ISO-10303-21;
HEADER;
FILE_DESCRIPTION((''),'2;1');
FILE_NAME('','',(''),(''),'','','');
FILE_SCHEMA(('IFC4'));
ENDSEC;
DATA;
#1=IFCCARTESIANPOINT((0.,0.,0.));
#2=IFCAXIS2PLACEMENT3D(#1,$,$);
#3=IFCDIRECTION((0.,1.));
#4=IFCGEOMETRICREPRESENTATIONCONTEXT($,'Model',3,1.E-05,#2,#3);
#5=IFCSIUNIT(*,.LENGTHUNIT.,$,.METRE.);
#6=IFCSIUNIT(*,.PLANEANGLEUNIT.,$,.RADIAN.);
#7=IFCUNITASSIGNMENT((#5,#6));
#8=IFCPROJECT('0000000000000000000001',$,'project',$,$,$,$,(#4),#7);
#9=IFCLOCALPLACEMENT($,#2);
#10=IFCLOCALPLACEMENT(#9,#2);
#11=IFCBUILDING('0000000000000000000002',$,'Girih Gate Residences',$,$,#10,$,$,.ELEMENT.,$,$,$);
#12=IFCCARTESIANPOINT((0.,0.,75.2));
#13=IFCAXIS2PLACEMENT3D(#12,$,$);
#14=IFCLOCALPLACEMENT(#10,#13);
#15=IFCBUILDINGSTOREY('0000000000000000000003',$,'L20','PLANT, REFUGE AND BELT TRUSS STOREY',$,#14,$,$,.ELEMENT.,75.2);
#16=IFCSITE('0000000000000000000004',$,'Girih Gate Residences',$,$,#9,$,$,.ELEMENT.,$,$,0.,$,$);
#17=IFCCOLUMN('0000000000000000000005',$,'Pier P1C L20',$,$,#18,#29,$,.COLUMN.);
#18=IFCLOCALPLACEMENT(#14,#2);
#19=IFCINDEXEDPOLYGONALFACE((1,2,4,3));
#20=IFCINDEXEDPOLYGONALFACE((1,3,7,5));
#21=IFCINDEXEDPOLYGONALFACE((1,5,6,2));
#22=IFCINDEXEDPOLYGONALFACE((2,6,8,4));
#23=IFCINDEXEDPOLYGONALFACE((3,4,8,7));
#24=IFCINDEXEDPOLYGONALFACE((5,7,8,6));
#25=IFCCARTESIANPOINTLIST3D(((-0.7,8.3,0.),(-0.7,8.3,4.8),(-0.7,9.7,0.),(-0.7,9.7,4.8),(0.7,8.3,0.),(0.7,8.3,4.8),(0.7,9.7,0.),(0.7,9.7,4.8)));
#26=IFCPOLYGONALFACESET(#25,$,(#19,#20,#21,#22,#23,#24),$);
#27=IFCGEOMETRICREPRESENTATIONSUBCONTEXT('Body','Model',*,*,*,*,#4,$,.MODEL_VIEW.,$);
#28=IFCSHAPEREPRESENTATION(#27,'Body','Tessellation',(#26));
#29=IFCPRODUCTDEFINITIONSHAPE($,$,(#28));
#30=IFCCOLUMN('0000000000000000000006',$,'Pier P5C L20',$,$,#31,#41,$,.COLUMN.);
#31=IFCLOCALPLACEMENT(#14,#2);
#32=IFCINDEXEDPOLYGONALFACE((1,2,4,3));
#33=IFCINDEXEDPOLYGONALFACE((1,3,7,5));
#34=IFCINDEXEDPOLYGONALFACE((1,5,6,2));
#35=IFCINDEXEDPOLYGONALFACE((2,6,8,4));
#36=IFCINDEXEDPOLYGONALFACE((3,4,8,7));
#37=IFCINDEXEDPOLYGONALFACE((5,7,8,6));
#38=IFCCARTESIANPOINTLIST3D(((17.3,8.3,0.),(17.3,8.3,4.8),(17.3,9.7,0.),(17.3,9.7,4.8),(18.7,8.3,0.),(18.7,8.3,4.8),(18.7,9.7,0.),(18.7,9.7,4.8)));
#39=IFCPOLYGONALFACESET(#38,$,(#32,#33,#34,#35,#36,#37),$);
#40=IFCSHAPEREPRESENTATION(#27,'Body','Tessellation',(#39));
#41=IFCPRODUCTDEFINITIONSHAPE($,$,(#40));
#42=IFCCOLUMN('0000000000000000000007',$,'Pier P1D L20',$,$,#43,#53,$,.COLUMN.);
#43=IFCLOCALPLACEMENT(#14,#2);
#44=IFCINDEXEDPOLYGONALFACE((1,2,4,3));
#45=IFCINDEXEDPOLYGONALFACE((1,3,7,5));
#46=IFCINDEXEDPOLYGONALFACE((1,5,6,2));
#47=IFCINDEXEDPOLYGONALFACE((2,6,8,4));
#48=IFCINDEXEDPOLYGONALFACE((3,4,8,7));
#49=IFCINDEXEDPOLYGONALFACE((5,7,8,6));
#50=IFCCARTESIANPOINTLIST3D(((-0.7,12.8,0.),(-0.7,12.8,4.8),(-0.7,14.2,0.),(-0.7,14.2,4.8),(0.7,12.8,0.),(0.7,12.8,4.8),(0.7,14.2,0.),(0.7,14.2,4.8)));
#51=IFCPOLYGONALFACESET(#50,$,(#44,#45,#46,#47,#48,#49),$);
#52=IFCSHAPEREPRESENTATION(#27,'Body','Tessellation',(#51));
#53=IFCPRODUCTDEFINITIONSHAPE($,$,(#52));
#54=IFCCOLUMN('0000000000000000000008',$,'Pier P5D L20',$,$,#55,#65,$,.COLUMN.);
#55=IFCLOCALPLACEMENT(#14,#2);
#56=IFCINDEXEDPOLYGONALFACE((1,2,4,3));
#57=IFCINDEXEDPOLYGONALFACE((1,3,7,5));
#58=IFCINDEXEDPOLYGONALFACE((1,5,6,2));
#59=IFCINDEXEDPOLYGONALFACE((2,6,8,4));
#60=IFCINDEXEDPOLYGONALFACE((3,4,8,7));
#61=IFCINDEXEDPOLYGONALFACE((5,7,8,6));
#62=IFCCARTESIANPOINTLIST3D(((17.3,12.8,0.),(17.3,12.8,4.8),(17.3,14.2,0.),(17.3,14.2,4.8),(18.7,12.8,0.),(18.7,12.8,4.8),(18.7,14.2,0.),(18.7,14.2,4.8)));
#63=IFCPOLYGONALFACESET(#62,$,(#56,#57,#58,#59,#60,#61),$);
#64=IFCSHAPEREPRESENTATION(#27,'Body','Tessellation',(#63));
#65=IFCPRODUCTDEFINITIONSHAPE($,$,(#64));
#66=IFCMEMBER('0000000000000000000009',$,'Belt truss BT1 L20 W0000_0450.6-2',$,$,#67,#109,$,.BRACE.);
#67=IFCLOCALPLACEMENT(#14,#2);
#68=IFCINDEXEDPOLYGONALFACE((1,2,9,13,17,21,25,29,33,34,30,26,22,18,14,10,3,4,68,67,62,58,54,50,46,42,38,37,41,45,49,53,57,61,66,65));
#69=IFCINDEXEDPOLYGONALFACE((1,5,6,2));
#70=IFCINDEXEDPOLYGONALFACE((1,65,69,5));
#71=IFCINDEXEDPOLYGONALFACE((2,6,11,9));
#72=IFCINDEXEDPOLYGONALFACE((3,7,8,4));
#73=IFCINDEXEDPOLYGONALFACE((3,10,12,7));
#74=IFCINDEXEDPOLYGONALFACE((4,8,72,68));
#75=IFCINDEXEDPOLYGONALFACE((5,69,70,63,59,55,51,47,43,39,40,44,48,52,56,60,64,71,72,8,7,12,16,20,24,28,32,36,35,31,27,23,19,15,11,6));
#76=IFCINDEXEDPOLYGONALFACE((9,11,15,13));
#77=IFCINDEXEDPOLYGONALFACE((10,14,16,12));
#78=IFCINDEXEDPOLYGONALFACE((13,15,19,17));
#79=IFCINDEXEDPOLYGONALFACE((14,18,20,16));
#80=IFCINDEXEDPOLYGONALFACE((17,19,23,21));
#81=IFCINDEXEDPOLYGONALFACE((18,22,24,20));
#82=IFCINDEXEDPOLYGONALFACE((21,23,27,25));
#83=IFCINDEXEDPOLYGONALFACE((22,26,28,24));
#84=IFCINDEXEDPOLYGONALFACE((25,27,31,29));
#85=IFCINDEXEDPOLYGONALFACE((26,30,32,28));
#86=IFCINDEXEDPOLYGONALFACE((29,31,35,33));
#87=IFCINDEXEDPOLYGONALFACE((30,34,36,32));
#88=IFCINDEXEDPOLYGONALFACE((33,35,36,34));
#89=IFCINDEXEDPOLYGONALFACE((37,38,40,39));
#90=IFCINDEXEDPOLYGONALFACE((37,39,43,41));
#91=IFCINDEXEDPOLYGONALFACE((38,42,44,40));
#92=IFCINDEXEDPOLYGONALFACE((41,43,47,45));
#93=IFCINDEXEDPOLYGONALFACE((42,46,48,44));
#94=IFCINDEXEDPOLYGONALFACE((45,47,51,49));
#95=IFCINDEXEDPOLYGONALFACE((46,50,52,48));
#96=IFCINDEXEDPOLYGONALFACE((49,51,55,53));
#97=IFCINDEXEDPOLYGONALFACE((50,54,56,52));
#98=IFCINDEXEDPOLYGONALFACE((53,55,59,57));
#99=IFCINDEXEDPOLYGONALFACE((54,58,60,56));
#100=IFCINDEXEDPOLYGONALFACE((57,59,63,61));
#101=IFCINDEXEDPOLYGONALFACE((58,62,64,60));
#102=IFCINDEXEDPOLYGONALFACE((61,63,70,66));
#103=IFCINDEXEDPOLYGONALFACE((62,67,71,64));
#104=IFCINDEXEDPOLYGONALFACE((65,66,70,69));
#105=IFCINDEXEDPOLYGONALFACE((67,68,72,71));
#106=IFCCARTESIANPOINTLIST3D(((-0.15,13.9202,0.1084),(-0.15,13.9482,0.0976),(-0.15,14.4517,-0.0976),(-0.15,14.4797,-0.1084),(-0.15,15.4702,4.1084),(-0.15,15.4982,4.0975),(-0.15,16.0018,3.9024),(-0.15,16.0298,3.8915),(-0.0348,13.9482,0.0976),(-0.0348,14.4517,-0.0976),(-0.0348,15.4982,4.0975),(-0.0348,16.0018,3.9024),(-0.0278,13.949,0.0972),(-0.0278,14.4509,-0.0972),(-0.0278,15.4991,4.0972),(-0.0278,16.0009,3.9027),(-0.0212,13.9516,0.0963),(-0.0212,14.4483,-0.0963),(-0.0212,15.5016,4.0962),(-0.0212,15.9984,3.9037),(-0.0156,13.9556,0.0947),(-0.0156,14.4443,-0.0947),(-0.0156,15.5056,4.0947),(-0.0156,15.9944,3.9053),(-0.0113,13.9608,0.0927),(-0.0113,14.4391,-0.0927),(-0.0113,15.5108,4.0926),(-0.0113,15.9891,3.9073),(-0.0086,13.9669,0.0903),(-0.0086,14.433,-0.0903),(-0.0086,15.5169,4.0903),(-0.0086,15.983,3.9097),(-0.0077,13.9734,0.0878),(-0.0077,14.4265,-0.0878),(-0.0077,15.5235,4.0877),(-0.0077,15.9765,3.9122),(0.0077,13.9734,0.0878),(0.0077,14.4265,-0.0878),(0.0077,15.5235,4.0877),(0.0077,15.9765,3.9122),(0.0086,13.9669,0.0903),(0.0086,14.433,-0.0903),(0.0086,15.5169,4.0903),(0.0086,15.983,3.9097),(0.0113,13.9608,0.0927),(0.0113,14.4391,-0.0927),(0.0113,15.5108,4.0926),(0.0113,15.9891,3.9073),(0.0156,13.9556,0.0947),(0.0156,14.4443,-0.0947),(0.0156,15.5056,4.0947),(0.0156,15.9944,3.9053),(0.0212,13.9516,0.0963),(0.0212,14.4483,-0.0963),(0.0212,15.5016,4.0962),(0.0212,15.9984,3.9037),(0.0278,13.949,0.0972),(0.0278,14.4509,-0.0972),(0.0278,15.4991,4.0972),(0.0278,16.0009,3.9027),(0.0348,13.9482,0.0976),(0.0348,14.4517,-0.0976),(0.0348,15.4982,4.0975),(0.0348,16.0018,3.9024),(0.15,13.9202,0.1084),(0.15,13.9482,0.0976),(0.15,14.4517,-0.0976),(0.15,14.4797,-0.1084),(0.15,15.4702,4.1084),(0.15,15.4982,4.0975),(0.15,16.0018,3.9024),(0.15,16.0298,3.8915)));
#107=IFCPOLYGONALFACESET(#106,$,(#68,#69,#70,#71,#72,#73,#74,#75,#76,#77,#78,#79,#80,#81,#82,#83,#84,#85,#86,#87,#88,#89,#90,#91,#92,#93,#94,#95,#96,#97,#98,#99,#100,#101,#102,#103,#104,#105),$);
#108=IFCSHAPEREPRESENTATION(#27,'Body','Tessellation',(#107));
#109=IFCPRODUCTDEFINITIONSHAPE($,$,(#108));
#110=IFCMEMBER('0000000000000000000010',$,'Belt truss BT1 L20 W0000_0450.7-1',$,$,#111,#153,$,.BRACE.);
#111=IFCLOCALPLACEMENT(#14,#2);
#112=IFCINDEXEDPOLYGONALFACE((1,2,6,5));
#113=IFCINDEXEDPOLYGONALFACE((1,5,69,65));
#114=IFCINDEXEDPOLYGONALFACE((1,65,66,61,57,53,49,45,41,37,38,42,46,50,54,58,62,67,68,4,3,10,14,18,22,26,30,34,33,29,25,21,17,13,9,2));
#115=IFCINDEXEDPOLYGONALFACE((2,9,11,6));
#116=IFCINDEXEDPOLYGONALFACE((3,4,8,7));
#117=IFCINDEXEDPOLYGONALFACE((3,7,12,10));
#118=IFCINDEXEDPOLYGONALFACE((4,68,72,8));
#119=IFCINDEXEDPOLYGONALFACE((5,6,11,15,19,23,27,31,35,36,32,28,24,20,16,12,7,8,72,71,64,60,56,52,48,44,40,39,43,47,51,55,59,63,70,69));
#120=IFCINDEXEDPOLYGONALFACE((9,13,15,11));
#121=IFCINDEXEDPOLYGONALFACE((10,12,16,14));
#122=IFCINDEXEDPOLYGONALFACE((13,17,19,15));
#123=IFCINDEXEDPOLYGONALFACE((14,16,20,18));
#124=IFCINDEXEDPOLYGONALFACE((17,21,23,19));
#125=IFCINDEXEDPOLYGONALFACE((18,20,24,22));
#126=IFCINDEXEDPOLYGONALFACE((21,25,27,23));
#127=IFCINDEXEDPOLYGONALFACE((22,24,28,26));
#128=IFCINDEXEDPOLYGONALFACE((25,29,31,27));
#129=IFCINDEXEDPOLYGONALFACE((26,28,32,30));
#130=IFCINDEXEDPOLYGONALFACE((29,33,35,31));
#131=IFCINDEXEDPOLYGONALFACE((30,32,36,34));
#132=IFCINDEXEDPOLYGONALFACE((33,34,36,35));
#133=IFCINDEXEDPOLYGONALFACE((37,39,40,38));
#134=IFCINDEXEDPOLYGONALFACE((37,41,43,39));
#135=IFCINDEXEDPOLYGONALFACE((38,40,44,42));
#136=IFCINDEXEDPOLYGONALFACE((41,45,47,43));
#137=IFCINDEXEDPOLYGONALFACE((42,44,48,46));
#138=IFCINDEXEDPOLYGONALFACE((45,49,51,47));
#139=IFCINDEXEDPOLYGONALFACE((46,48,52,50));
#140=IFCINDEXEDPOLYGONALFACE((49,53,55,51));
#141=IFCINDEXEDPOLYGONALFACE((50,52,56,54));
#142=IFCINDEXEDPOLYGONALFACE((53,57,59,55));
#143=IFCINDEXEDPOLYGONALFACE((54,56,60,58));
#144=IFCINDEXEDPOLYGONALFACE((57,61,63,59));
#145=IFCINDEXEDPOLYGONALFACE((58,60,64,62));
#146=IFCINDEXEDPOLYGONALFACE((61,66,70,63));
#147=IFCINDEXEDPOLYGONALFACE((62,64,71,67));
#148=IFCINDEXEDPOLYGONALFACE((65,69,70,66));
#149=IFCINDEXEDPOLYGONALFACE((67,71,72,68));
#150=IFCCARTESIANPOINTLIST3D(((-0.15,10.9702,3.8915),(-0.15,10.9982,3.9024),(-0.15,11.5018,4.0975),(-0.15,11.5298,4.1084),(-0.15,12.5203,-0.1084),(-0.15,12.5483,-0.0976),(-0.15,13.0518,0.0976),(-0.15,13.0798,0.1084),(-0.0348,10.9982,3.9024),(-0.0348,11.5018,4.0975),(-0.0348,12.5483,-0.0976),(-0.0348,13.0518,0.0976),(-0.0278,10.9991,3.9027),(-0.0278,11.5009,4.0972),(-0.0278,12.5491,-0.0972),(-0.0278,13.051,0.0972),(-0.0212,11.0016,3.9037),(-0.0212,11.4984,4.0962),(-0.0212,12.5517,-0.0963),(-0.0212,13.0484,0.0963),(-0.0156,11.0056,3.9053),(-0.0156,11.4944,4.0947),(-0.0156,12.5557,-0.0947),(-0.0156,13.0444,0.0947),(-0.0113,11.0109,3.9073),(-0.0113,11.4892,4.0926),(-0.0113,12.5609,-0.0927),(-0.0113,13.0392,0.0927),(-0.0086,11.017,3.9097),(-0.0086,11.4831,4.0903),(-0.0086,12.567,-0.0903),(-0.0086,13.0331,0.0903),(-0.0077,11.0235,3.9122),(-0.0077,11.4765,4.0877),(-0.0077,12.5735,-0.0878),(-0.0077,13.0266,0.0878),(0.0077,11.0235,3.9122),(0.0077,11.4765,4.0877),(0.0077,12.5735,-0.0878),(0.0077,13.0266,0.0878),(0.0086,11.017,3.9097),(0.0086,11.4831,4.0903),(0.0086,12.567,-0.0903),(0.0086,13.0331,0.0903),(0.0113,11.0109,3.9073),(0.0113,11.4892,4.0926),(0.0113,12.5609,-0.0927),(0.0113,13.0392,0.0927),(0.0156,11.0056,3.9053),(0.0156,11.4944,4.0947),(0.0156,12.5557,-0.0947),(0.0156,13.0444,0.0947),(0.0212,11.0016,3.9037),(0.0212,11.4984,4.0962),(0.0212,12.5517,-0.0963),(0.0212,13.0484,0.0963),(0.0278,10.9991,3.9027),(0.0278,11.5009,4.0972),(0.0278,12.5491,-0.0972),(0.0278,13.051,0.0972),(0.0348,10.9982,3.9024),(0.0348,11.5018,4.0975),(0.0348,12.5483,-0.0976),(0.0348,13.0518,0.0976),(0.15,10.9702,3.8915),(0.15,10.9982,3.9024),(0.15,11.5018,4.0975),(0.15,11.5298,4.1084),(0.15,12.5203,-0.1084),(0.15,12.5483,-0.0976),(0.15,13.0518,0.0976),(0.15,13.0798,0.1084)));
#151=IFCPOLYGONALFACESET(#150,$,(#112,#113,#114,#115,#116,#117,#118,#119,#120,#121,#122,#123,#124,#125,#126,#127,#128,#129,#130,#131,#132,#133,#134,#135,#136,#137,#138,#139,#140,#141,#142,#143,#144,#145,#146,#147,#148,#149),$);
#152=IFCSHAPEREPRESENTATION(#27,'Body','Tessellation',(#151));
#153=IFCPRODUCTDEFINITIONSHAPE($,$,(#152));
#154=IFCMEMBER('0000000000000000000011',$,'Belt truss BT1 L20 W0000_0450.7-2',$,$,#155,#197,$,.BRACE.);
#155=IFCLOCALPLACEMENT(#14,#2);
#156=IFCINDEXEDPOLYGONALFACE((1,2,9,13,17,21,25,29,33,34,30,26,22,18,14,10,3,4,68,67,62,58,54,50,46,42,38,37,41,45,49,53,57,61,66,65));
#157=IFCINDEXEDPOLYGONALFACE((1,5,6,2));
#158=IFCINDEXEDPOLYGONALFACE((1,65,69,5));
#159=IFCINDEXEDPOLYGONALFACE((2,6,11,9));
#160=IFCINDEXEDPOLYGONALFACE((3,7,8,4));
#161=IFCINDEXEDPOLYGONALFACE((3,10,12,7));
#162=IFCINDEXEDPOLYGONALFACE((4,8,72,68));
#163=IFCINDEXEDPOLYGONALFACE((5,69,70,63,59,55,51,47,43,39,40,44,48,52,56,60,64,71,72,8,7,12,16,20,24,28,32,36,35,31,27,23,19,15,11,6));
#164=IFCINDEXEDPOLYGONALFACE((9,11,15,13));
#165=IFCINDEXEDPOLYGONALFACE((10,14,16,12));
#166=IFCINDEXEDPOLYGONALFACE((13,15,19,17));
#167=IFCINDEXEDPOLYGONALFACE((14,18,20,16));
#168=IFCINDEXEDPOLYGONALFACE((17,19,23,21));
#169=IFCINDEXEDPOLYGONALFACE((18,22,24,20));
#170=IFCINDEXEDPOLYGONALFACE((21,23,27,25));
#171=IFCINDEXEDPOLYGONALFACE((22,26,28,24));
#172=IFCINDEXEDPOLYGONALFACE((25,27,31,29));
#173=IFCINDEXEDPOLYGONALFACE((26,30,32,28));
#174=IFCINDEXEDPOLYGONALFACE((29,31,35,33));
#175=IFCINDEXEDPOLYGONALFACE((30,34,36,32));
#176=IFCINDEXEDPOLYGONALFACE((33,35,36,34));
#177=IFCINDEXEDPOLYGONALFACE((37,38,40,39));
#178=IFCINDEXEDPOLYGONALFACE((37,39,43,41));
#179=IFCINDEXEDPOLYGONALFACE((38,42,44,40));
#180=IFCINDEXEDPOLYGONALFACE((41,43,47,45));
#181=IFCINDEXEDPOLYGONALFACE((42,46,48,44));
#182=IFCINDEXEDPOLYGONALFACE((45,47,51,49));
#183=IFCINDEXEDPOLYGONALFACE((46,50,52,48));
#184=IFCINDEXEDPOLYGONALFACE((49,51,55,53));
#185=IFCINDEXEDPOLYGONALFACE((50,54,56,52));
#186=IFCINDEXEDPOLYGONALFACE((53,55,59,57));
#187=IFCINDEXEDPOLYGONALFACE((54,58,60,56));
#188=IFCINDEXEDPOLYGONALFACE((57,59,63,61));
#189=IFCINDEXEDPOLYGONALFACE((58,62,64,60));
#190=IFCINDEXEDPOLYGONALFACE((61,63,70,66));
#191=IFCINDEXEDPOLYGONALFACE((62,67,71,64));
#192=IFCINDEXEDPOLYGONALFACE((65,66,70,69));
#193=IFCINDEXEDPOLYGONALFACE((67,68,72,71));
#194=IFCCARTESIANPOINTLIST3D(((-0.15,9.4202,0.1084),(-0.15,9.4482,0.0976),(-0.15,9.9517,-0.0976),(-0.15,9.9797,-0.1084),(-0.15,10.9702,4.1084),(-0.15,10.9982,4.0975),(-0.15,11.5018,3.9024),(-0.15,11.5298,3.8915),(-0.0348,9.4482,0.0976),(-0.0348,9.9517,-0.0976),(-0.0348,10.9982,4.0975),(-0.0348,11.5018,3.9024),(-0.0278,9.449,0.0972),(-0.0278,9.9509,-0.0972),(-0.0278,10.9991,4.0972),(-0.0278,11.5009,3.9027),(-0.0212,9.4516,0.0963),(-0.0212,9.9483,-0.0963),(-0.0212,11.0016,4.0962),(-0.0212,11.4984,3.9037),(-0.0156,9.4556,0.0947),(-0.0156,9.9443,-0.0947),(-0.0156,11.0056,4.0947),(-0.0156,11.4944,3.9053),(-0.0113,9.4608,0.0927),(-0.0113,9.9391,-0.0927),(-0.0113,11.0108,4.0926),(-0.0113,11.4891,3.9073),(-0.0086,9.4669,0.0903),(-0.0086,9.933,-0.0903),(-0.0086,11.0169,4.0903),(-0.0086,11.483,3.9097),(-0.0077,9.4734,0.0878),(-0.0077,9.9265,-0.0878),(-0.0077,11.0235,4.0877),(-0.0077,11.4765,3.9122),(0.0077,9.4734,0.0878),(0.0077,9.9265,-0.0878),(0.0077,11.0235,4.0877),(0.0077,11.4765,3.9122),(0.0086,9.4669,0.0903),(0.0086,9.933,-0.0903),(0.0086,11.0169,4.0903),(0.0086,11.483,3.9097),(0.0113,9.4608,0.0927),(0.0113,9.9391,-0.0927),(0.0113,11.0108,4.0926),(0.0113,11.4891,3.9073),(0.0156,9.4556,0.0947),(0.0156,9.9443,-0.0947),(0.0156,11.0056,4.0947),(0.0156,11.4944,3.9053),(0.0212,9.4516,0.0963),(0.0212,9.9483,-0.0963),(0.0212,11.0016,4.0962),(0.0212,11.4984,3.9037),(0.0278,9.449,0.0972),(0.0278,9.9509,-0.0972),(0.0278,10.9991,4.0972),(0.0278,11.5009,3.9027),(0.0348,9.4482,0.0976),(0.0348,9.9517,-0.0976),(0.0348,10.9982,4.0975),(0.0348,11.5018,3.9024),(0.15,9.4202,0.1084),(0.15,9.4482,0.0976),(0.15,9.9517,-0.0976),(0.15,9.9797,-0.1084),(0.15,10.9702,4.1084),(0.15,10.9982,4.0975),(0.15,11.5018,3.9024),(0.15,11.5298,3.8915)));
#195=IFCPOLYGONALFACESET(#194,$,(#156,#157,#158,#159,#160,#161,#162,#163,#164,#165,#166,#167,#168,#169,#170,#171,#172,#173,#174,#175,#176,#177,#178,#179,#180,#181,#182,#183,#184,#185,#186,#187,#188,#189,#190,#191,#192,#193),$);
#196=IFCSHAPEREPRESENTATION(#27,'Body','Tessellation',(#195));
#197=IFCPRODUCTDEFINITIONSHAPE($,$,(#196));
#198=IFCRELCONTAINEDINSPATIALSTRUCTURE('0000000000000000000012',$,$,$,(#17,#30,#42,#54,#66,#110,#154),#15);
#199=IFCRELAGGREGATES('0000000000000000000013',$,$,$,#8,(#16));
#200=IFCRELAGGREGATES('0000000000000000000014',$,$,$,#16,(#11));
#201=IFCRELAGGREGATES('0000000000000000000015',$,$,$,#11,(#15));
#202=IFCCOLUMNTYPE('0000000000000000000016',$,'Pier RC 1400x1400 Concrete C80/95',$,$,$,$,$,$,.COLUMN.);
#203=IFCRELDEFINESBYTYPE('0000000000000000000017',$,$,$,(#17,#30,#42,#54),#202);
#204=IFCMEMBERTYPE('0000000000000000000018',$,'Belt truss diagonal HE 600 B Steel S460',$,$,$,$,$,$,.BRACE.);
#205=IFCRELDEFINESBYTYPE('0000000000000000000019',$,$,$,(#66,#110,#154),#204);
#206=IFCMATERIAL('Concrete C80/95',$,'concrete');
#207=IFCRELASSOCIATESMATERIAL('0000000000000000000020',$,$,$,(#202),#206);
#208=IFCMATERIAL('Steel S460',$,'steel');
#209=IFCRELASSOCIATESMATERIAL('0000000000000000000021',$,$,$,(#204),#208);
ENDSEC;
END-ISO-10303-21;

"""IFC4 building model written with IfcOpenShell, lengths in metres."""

from ifc_helpers import new_model, si_unit, direction, frame, origin, origin_2d, place, context, subcontext, project, spatial, rectangle, i_section, extrude, material, material_profile, profile_set, type_object, element, save


model = new_model("IFC4")

# Units and contexts
model_context = context("Model", 3, precision=1e-05, world=origin(), true_north=direction((0.0, 1.0)))
body_context = subcontext(model_context, "Body", "Model", "MODEL_VIEW")
ifc_project = project(units=[si_unit("LENGTHUNIT", "METRE"), si_unit("PLANEANGLEUNIT", "RADIAN")], contexts=[model_context])

# Site, building, storey
site_placement = place(None, origin())
site = spatial("IfcSite", under=ifc_project, at=site_placement, Name="Girih Gate Residences", CompositionType="ELEMENT", RefElevation=0.0)
building_placement = place(site_placement, origin())
building = spatial("IfcBuilding", under=site, at=building_placement, Name="Girih Gate Residences", CompositionType="ELEMENT")
storey_placement = place(building_placement, frame((0.0, 0.0, 75.2)))
storey = spatial("IfcBuildingStorey", under=building, at=storey_placement, Name="L20", Description="PLANT, REFUGE AND BELT TRUSS STOREY", CompositionType="ELEMENT", Elevation=75.2)

# Columns
ifc_material_1 = material(Name="Concrete C80/95", Category="concrete")
ifc_material_profile_1 = material_profile(ifc_material_1, rectangle(XDim=1.3999, YDim=1.3999, at=origin_2d()))
ifc_profile_set_1 = profile_set([ifc_material_profile_1], Name="Concrete C80/95")
column_type = type_object("IfcColumnType", Name="Pier RC 1400x1400 Concrete C80/95", PredefinedType="COLUMN", material=ifc_profile_set_1)
for number, where, z_axis, x_axis, name in (
    (1, (0.0, 9.0, 0.0), (0.0, 0.0, 1.0), (1.0, 0.0, 0.0), "Pier P1C L20"),
    (2, (18.0, 9.0, 0.0), (0.0, 0.0, 1.0), (1.0, 0.0, 0.0), "Pier P5C L20"),
    (3, (0.0, 13.5, 0.0), (0.0, 0.0, 1.0), (1.0, 0.0, 0.0), "Pier P1D L20"),
    (4, (18.0, 13.5, 0.0), (0.0, 0.0, 1.0), (1.0, 0.0, 0.0), "Pier P5D L20"),
):
    element("IfcColumn", number, at=place(storey_placement, frame(where, z_axis=z_axis, x_axis=x_axis)), inside=storey, type_object=column_type, Name=name, PredefinedType="COLUMN", context=body_context, shape_type="SweptSolid", body=[
        extrude(rectangle(XDim=1.3999, YDim=1.3999, at=origin_2d()), origin(), (0.0, 0.0, 1.0), 4.8),
    ])

# Members
ifc_material_2 = material(Name="Steel S460", Category="steel")
ifc_material_profile_2 = material_profile(ifc_material_2, i_section(OverallWidth=0.3, OverallDepth=0.6001, WebThickness=0.0154, FlangeThickness=0.03, FilletRadius=0.0271, at=origin_2d()))
ifc_profile_set_2 = profile_set([ifc_material_profile_2], Name="Steel S460")
member_type = type_object("IfcMemberType", Name="Belt truss diagonal HE 600 B Steel S460", PredefinedType="BRACE", material=ifc_profile_set_2)
for number, where, z_axis, x_axis, name in (
    (5, (0.0, 14.2, 0.0), (0.0, 0.361331, 0.932438), (-1.0, 0.0, 0.0), "Belt truss BT1 L20 W0000_0450.6-2"),
    (6, (0.0, 12.8, 0.0), (0.0, -0.361331, 0.932438), (1.0, 0.0, 0.0), "Belt truss BT1 L20 W0000_0450.7-1"),
    (7, (0.0, 9.7, 0.0), (0.0, 0.361331, 0.932438), (-1.0, 0.0, 0.0), "Belt truss BT1 L20 W0000_0450.7-2"),
):
    element("IfcMember", number, at=place(storey_placement, frame(where, z_axis=z_axis, x_axis=x_axis)), inside=storey, type_object=member_type, Name=name, PredefinedType="BRACE", context=body_context, shape_type="SweptSolid", body=[
        extrude(i_section(OverallWidth=0.3, OverallDepth=0.6001, WebThickness=0.0154, FlangeThickness=0.03, FilletRadius=0.0271, at=origin_2d()), origin(), (0.0, 0.0, 1.0), 4.2898),
    ])

save(model, "model.ifc")
